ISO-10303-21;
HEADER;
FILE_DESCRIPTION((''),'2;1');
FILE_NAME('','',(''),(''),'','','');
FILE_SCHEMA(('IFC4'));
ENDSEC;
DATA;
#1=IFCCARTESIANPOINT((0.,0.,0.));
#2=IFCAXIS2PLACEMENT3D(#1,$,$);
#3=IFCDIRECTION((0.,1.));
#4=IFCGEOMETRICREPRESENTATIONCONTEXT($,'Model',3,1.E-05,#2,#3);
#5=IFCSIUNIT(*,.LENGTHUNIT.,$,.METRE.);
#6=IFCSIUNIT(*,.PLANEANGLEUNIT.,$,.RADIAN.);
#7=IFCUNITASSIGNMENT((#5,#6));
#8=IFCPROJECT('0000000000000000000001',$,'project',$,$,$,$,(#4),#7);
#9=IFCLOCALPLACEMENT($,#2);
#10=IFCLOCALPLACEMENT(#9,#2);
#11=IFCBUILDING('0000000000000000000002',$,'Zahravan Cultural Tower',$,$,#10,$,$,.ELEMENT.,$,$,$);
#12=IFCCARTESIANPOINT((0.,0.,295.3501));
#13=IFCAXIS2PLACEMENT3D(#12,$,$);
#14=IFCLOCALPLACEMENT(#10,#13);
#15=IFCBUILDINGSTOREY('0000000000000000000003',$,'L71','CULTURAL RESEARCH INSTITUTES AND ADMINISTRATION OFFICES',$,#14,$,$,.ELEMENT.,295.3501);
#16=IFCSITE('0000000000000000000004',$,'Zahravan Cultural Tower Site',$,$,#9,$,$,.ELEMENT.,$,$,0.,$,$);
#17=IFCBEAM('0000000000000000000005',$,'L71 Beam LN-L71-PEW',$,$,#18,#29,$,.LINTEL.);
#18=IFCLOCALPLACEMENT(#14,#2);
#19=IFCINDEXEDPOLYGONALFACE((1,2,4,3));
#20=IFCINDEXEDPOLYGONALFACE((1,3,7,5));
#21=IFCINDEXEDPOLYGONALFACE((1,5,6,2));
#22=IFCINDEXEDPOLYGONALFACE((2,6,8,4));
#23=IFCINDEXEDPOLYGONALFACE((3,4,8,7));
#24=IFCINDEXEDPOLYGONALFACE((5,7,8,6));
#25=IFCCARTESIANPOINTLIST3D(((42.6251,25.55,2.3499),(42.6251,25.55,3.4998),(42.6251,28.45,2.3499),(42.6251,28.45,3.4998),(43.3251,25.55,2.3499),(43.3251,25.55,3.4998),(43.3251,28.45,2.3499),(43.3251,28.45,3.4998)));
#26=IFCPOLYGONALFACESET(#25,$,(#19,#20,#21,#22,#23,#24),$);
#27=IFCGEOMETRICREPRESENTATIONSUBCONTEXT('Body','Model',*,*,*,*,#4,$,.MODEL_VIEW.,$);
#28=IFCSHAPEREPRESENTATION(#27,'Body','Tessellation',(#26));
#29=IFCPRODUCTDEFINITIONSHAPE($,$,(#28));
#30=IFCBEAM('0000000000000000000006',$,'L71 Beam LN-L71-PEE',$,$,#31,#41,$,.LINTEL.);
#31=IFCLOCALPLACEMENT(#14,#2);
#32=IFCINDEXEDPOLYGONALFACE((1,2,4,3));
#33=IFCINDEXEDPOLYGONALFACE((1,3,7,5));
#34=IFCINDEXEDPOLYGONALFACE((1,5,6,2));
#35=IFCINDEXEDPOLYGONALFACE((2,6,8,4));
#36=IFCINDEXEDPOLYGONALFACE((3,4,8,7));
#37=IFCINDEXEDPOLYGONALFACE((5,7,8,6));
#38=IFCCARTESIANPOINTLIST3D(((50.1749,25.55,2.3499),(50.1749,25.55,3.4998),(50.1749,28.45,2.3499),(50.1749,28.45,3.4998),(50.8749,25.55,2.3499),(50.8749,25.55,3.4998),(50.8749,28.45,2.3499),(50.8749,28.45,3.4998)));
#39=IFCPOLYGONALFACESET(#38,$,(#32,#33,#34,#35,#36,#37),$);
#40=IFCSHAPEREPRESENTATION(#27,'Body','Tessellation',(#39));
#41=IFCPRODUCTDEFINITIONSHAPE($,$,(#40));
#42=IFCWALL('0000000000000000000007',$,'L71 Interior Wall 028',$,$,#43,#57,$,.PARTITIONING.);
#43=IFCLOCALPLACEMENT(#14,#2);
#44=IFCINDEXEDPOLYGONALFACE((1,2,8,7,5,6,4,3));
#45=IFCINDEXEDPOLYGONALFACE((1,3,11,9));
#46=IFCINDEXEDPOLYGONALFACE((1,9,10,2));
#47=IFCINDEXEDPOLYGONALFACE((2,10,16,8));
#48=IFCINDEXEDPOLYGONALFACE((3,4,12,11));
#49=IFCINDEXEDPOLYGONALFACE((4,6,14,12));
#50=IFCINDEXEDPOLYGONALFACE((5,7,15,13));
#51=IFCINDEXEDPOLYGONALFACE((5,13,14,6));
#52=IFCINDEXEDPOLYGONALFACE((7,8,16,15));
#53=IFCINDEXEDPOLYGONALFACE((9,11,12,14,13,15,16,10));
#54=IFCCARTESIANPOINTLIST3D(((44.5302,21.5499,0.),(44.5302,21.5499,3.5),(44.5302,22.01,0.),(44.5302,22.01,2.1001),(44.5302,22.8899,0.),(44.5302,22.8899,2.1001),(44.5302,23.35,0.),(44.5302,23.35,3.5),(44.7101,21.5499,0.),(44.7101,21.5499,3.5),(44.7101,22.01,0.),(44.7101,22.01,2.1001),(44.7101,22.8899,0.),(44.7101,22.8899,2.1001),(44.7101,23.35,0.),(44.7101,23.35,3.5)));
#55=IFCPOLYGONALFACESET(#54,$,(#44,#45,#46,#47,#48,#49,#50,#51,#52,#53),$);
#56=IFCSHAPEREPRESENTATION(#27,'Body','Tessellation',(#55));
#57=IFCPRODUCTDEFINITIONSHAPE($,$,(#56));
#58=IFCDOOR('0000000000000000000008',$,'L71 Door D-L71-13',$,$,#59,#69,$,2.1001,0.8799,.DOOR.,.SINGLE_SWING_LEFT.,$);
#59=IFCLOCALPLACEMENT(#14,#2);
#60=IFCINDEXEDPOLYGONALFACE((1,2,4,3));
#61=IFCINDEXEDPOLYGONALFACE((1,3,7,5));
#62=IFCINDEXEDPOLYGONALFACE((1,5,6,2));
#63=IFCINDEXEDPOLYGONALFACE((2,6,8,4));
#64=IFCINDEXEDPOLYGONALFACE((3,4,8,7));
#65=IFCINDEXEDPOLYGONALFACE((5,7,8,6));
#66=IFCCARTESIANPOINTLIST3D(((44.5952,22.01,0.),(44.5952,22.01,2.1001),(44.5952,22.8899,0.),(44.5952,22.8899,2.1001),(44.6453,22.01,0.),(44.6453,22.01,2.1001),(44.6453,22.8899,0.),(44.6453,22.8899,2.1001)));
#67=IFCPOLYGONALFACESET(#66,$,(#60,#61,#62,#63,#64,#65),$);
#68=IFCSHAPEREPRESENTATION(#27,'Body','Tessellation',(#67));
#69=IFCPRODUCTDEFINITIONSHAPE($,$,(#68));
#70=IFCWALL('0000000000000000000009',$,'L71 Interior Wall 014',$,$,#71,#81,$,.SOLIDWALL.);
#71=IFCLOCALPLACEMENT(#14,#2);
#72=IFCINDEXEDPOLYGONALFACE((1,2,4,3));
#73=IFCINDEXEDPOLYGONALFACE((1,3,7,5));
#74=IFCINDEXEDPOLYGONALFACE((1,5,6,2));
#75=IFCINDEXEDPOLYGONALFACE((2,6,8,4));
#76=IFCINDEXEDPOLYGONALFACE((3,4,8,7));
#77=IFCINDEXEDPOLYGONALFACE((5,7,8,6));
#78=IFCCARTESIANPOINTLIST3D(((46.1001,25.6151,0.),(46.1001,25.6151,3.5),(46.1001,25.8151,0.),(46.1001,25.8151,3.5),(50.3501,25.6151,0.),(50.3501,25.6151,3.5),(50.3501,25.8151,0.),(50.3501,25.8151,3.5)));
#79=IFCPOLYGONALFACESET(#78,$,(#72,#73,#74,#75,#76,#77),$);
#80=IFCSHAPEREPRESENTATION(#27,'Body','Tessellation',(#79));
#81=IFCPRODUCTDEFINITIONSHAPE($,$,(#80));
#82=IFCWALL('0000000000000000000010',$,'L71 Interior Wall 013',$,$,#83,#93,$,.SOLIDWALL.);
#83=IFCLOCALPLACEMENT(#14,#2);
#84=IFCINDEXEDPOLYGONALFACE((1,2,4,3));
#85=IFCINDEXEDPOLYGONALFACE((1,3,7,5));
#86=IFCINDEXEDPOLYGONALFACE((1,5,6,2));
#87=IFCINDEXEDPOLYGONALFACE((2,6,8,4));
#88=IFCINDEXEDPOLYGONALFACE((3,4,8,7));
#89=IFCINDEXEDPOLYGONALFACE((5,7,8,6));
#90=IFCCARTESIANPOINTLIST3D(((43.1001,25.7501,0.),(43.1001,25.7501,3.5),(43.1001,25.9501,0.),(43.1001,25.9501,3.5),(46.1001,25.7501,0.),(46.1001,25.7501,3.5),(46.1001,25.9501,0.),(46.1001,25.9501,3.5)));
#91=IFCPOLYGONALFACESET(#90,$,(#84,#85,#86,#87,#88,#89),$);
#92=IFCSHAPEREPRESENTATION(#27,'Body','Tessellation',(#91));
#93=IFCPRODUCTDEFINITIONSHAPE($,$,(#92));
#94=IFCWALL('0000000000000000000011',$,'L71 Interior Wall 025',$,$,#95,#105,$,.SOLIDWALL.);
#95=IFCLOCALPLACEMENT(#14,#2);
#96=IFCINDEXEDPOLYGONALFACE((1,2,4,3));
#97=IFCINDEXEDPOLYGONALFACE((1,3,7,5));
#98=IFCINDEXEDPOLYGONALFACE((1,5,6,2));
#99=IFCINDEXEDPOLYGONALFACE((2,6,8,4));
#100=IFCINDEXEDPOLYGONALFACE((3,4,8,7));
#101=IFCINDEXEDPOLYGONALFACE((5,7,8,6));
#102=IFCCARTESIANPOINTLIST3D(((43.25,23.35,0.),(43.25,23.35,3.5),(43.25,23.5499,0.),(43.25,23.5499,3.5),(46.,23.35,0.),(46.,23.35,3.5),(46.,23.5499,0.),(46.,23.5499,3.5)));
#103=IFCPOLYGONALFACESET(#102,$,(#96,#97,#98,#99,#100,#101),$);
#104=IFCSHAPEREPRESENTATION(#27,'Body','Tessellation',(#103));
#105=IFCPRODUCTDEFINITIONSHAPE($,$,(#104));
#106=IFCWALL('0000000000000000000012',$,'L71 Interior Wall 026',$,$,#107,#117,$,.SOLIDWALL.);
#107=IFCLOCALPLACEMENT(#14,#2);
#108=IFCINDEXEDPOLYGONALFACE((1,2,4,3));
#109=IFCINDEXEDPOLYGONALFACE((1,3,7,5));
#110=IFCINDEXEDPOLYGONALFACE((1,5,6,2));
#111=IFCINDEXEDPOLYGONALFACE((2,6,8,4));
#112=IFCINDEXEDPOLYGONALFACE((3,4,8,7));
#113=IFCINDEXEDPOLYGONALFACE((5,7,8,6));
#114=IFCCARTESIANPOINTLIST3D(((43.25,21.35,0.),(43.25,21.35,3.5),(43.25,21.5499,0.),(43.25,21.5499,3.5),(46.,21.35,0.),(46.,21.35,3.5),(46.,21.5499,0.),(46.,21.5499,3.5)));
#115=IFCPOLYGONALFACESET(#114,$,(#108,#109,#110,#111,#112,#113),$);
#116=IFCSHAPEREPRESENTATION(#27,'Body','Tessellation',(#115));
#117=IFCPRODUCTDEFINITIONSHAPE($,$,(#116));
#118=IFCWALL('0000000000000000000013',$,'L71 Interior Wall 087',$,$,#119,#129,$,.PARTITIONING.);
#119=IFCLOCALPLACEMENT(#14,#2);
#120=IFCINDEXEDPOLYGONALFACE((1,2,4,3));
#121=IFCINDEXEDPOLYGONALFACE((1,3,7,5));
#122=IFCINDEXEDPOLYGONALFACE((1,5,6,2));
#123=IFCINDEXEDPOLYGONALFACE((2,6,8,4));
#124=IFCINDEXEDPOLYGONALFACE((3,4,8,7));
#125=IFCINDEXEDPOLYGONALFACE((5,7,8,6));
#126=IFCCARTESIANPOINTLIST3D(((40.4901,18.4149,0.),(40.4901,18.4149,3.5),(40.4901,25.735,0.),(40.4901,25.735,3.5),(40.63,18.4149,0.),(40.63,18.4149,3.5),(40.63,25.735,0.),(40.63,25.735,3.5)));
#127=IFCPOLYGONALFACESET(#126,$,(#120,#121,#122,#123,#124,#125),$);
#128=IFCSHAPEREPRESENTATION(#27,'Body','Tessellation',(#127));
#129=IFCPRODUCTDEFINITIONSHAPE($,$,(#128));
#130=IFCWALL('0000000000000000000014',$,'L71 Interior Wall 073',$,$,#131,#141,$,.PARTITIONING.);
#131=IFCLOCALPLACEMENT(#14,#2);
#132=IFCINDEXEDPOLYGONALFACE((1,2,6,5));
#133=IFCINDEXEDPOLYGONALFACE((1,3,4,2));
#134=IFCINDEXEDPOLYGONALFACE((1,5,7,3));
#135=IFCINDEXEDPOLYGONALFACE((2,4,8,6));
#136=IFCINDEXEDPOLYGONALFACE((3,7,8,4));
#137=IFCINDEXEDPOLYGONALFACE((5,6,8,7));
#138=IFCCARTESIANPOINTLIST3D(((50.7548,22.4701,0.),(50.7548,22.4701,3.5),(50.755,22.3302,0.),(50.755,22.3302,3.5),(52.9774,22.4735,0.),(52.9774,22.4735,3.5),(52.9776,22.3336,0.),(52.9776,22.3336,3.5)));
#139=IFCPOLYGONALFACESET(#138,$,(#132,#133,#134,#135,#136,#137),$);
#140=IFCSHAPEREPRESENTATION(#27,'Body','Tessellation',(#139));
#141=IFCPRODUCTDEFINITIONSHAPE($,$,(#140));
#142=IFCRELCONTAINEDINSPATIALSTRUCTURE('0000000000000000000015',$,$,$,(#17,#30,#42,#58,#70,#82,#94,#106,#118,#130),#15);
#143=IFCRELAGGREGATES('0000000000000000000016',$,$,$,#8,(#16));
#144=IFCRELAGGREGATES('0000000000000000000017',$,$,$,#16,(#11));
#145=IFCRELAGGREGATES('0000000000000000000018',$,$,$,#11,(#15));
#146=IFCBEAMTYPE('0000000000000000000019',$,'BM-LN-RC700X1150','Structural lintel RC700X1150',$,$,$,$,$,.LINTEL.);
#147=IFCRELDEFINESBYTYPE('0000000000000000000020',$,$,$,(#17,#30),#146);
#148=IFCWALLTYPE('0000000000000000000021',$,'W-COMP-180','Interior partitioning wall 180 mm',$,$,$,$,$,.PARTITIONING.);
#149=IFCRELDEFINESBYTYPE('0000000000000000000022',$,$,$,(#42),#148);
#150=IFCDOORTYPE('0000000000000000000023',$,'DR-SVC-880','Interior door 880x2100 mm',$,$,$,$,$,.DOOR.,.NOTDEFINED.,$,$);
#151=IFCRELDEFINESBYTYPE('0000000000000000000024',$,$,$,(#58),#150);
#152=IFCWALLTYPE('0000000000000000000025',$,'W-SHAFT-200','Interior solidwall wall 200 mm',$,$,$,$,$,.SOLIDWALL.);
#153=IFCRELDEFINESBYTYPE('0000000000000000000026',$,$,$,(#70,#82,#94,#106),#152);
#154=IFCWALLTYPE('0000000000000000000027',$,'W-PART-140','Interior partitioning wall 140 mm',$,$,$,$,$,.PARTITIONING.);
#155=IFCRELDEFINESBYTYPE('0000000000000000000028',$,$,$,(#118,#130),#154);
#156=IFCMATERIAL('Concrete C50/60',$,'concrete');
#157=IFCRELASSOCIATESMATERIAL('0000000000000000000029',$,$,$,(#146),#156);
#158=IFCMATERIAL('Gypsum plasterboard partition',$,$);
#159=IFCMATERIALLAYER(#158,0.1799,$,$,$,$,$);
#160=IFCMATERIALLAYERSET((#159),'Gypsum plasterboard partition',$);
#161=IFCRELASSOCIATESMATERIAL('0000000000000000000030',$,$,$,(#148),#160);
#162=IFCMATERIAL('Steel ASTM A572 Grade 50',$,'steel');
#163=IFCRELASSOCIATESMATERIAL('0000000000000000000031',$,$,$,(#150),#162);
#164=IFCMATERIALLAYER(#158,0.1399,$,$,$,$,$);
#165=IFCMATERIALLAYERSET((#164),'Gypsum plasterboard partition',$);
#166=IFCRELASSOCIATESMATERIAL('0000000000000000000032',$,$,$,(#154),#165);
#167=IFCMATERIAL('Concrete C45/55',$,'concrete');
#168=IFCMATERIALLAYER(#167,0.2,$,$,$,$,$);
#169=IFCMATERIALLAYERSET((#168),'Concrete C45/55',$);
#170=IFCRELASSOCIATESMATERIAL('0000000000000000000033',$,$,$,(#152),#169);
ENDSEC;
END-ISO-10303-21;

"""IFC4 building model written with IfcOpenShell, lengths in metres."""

from ifc_helpers import new_model, si_unit, direction, frame, frame_2d, origin, origin_2d, place, context, subcontext, project, spatial, rectangle, extrude, source, transform, mapped, material, layer, layer_set, material_profile, profile_set, type_object, element, fill, save


model = new_model("IFC4")

# Units and contexts
model_context = context("Model", 3, precision=1e-05, world=origin(), true_north=direction((0.0, 1.0)))
body_context = subcontext(model_context, "Body", "Model", "MODEL_VIEW")
ifc_project = project(units=[si_unit("LENGTHUNIT", "METRE"), si_unit("PLANEANGLEUNIT", "RADIAN")], contexts=[model_context])

# Site, building, storey
site_placement = place(None, origin())
site = spatial("IfcSite", under=ifc_project, at=site_placement, Name="Zahravan Cultural Tower Site", CompositionType="ELEMENT", RefElevation=0.0)
building_placement = place(site_placement, origin())
building = spatial("IfcBuilding", under=site, at=building_placement, Name="Zahravan Cultural Tower", CompositionType="ELEMENT")
storey_placement = place(building_placement, frame((0.0, 0.0, 295.3501)))
storey = spatial("IfcBuildingStorey", under=building, at=storey_placement, Name="L71", Description="CULTURAL RESEARCH INSTITUTES AND ADMINISTRATION OFFICES", CompositionType="ELEMENT", Elevation=295.3501)

# Beams
ifc_material_1 = material(Name="Concrete C50/60", Category="concrete")
ifc_material_profile = material_profile(ifc_material_1, rectangle(XDim=0.7, YDim=1.1499, at=origin_2d()), Name="RC700X1150")
ifc_profile_set = profile_set([ifc_material_profile], Name="Concrete C50/60")
beam_type = type_object("IfcBeamType", Name="BM-LN-RC700X1150", Description="Structural lintel RC700X1150", PredefinedType="LINTEL", material=ifc_profile_set)
shared_shape_1 = source(origin(), body_context, "Body", "SweptSolid", [
    extrude(rectangle(XDim=0.7, YDim=1.1499, at=origin_2d()), origin(), (0.0, 0.0, 1.0), 2.8999),
])
for number, where, z_axis, x_axis, name in (
    (1, (42.9751, 25.55, 2.9248), (0.0, 1.0, 0.0), (-1.0, 0.0, 0.0), "L71 Beam LN-L71-PEW"),
    (2, (50.5249, 25.55, 2.9248), (0.0, 1.0, 0.0), (-1.0, 0.0, 0.0), "L71 Beam LN-L71-PEE"),
):
    element("IfcBeam", number, at=place(storey_placement, frame(where, z_axis=z_axis, x_axis=x_axis)), inside=storey, type_object=beam_type, Name=name, PredefinedType="LINTEL", context=body_context, shape_type="MappedRepresentation", body=[
        mapped(shared_shape_1, transform((0.0, 0.0, 0.0), x_axis=(1.0, 0.0, 0.0), y_axis=(0.0, 1.0, 0.0), z_axis=(0.0, 0.0, 1.0), scale=1.0)),
    ])

# Wall, opening, door
ifc_material_2 = material(Name="Gypsum plasterboard partition")
ifc_layer_1 = layer(ifc_material_2, 0.1799)
ifc_layer_set_1 = layer_set([ifc_layer_1], Name="Gypsum plasterboard partition")
wall_type_1 = type_object("IfcWallType", Name="W-COMP-180", Description="Interior partitioning wall 180 mm", PredefinedType="PARTITIONING", material=ifc_layer_set_1)
wall_1_placement = place(storey_placement, frame((44.6201, 21.55, 0.0), z_axis=(0.0, 0.0, 1.0), x_axis=(0.0, 1.0, 0.0)))
wall_1 = element("IfcWall", 3, at=wall_1_placement, inside=storey, type_object=wall_type_1, Name="L71 Interior Wall 028", PredefinedType="PARTITIONING", context=body_context, shape_type="SweptSolid", body=[
    extrude(rectangle(XDim=1.8, YDim=0.1799, at=frame_2d((0.8999, 0.0))), origin(), (0.0, 0.0, 1.0), 3.5),
])
opening_1_placement = place(wall_1_placement, frame((0.46, 0.0, 0.0)))
opening_1 = element("IfcOpeningElement", 4, at=opening_1_placement, cuts=wall_1, PredefinedType="OPENING", context=body_context, shape_type="SweptSolid", body=[
    extrude(rectangle(XDim=0.8799, YDim=2.1001, at=frame_2d((0.4399, 1.05))), frame((0.0, 0.0999, 0.0), z_axis=(0.0, -1.0, 0.0), x_axis=(1.0, 0.0, 0.0)), (0.0, 0.0, 1.0), 0.2),
])
ifc_material_3 = material(Name="Steel ASTM A572 Grade 50", Category="steel")
door_type_1 = type_object("IfcDoorType", Name="DR-SVC-880", Description="Interior door 880x2100 mm", OperationType="NOTDEFINED", PredefinedType="DOOR", material=ifc_material_3)
shared_shape_2 = source(origin(), body_context, "Body", "SweptSolid", [
    extrude(rectangle(XDim=0.8799, YDim=2.1001, at=frame_2d((0.4399, 1.05))), frame((0.0, 0.0249, 0.0), z_axis=(0.0, -1.0, 0.0), x_axis=(1.0, 0.0, 0.0)), (0.0, 0.0, 1.0), 0.05),
])
door_1_placement = place(opening_1_placement, origin())
door_1 = element("IfcDoor", 5, at=door_1_placement, inside=storey, type_object=door_type_1, Name="L71 Door D-L71-13", OperationType="SINGLE_SWING_LEFT", OverallHeight=2.1001, OverallWidth=0.8799, PredefinedType="DOOR", context=body_context, shape_type="MappedRepresentation", body=[
    mapped(shared_shape_2, transform((0.0, 0.0, 0.0), x_axis=(1.0, 0.0, 0.0), y_axis=(0.0, 1.0, 0.0), z_axis=(0.0, 0.0, 1.0), scale=1.0)),
])
fill(opening_1, door_1)
ifc_layer_2 = layer(ifc_material_2, 0.1399)
ifc_layer_set_2 = layer_set([ifc_layer_2], Name="Gypsum plasterboard partition")
wall_type_2 = type_object("IfcWallType", Name="W-PART-140", Description="Interior partitioning wall 140 mm", PredefinedType="PARTITIONING", material=ifc_layer_set_2)

# Walls
ifc_material_4 = material(Name="Concrete C45/55", Category="concrete")
ifc_layer_3 = layer(ifc_material_4, 0.2)
ifc_layer_set_3 = layer_set([ifc_layer_3], Name="Concrete C45/55")
wall_type_3 = type_object("IfcWallType", Name="W-SHAFT-200", Description="Interior solidwall wall 200 mm", PredefinedType="SOLIDWALL", material=ifc_layer_set_3)
shared_shape_3 = source(origin(), body_context, "Body", "SweptSolid", [
    extrude(rectangle(XDim=4.25, YDim=0.2, at=frame_2d((2.125, 0.0))), origin(), (0.0, 0.0, 1.0), 3.5),
])
wall_2_placement = place(storey_placement, frame((46.1001, 25.7151, 0.0), z_axis=(0.0, 0.0, 1.0), x_axis=(1.0, 0.0, 0.0)))
element("IfcWall", 6, at=wall_2_placement, inside=storey, type_object=wall_type_3, Name="L71 Interior Wall 014", PredefinedType="SOLIDWALL", context=body_context, shape_type="MappedRepresentation", body=[
    mapped(shared_shape_3, transform((0.0, 0.0, 0.0), x_axis=(1.0, 0.0, 0.0), y_axis=(0.0, 1.0, 0.0), z_axis=(0.0, 0.0, 1.0), scale=1.0)),
])
shared_shape_4 = source(origin(), body_context, "Body", "SweptSolid", [
    extrude(rectangle(XDim=3.0, YDim=0.2, at=frame_2d((1.5, 0.0))), origin(), (0.0, 0.0, 1.0), 3.5),
])
wall_3_placement = place(storey_placement, frame((43.1001, 25.8501, 0.0), z_axis=(0.0, 0.0, 1.0), x_axis=(1.0, 0.0, 0.0)))
element("IfcWall", 7, at=wall_3_placement, inside=storey, type_object=wall_type_3, Name="L71 Interior Wall 013", PredefinedType="SOLIDWALL", context=body_context, shape_type="MappedRepresentation", body=[
    mapped(shared_shape_4, transform((0.0, 0.0, 0.0), x_axis=(1.0, 0.0, 0.0), y_axis=(0.0, 1.0, 0.0), z_axis=(0.0, 0.0, 1.0), scale=1.0)),
])
shared_shape_5 = source(origin(), body_context, "Body", "SweptSolid", [
    extrude(rectangle(XDim=2.75, YDim=0.2, at=frame_2d((1.375, 0.0))), origin(), (0.0, 0.0, 1.0), 3.5),
])
for number, where, z_axis, x_axis, name in (
    (8, (43.25, 23.45, 0.0), (0.0, 0.0, 1.0), (1.0, 0.0, 0.0), "L71 Interior Wall 025"),
    (9, (43.25, 21.45, 0.0), (0.0, 0.0, 1.0), (1.0, 0.0, 0.0), "L71 Interior Wall 026"),
):
    element("IfcWall", number, at=place(storey_placement, frame(where, z_axis=z_axis, x_axis=x_axis)), inside=storey, type_object=wall_type_3, Name=name, PredefinedType="SOLIDWALL", context=body_context, shape_type="MappedRepresentation", body=[
        mapped(shared_shape_5, transform((0.0, 0.0, 0.0), x_axis=(1.0, 0.0, 0.0), y_axis=(0.0, 1.0, 0.0), z_axis=(0.0, 0.0, 1.0), scale=1.0)),
    ])
shared_shape_6 = source(origin(), body_context, "Body", "SweptSolid", [
    extrude(rectangle(XDim=7.3201, YDim=0.1399, at=frame_2d((3.6602, 0.0))), origin(), (0.0, 0.0, 1.0), 3.5),
])
wall_4_placement = place(storey_placement, frame((40.5601, 25.7351, 0.0), z_axis=(0.0, 0.0, 1.0), x_axis=(0.0, -1.0, 0.0)))
element("IfcWall", 10, at=wall_4_placement, inside=storey, type_object=wall_type_2, Name="L71 Interior Wall 087", PredefinedType="PARTITIONING", context=body_context, shape_type="MappedRepresentation", body=[
    mapped(shared_shape_6, transform((0.0, 0.0, 0.0), x_axis=(1.0, 0.0, 0.0), y_axis=(0.0, 1.0, 0.0), z_axis=(0.0, 0.0, 1.0), scale=1.0)),
])
shared_shape_7 = source(origin(), body_context, "Body", "SweptSolid", [
    extrude(rectangle(XDim=2.2227, YDim=0.1399, at=frame_2d((1.1113, 0.0))), origin(), (0.0, 0.0, 1.0), 3.5),
])
wall_5_placement = place(storey_placement, frame((50.7549, 22.4001, 0.0), z_axis=(0.0, 0.0, 1.0), x_axis=(0.999999, 0.001538, 0.0)))
element("IfcWall", 11, at=wall_5_placement, inside=storey, type_object=wall_type_2, Name="L71 Interior Wall 073", PredefinedType="PARTITIONING", context=body_context, shape_type="MappedRepresentation", body=[
    mapped(shared_shape_7, transform((0.0, 0.0, 0.0), x_axis=(1.0, 0.0, 0.0), y_axis=(0.0, 1.0, 0.0), z_axis=(0.0, 0.0, 1.0), scale=1.0)),
])

save(model, "model.ifc")
